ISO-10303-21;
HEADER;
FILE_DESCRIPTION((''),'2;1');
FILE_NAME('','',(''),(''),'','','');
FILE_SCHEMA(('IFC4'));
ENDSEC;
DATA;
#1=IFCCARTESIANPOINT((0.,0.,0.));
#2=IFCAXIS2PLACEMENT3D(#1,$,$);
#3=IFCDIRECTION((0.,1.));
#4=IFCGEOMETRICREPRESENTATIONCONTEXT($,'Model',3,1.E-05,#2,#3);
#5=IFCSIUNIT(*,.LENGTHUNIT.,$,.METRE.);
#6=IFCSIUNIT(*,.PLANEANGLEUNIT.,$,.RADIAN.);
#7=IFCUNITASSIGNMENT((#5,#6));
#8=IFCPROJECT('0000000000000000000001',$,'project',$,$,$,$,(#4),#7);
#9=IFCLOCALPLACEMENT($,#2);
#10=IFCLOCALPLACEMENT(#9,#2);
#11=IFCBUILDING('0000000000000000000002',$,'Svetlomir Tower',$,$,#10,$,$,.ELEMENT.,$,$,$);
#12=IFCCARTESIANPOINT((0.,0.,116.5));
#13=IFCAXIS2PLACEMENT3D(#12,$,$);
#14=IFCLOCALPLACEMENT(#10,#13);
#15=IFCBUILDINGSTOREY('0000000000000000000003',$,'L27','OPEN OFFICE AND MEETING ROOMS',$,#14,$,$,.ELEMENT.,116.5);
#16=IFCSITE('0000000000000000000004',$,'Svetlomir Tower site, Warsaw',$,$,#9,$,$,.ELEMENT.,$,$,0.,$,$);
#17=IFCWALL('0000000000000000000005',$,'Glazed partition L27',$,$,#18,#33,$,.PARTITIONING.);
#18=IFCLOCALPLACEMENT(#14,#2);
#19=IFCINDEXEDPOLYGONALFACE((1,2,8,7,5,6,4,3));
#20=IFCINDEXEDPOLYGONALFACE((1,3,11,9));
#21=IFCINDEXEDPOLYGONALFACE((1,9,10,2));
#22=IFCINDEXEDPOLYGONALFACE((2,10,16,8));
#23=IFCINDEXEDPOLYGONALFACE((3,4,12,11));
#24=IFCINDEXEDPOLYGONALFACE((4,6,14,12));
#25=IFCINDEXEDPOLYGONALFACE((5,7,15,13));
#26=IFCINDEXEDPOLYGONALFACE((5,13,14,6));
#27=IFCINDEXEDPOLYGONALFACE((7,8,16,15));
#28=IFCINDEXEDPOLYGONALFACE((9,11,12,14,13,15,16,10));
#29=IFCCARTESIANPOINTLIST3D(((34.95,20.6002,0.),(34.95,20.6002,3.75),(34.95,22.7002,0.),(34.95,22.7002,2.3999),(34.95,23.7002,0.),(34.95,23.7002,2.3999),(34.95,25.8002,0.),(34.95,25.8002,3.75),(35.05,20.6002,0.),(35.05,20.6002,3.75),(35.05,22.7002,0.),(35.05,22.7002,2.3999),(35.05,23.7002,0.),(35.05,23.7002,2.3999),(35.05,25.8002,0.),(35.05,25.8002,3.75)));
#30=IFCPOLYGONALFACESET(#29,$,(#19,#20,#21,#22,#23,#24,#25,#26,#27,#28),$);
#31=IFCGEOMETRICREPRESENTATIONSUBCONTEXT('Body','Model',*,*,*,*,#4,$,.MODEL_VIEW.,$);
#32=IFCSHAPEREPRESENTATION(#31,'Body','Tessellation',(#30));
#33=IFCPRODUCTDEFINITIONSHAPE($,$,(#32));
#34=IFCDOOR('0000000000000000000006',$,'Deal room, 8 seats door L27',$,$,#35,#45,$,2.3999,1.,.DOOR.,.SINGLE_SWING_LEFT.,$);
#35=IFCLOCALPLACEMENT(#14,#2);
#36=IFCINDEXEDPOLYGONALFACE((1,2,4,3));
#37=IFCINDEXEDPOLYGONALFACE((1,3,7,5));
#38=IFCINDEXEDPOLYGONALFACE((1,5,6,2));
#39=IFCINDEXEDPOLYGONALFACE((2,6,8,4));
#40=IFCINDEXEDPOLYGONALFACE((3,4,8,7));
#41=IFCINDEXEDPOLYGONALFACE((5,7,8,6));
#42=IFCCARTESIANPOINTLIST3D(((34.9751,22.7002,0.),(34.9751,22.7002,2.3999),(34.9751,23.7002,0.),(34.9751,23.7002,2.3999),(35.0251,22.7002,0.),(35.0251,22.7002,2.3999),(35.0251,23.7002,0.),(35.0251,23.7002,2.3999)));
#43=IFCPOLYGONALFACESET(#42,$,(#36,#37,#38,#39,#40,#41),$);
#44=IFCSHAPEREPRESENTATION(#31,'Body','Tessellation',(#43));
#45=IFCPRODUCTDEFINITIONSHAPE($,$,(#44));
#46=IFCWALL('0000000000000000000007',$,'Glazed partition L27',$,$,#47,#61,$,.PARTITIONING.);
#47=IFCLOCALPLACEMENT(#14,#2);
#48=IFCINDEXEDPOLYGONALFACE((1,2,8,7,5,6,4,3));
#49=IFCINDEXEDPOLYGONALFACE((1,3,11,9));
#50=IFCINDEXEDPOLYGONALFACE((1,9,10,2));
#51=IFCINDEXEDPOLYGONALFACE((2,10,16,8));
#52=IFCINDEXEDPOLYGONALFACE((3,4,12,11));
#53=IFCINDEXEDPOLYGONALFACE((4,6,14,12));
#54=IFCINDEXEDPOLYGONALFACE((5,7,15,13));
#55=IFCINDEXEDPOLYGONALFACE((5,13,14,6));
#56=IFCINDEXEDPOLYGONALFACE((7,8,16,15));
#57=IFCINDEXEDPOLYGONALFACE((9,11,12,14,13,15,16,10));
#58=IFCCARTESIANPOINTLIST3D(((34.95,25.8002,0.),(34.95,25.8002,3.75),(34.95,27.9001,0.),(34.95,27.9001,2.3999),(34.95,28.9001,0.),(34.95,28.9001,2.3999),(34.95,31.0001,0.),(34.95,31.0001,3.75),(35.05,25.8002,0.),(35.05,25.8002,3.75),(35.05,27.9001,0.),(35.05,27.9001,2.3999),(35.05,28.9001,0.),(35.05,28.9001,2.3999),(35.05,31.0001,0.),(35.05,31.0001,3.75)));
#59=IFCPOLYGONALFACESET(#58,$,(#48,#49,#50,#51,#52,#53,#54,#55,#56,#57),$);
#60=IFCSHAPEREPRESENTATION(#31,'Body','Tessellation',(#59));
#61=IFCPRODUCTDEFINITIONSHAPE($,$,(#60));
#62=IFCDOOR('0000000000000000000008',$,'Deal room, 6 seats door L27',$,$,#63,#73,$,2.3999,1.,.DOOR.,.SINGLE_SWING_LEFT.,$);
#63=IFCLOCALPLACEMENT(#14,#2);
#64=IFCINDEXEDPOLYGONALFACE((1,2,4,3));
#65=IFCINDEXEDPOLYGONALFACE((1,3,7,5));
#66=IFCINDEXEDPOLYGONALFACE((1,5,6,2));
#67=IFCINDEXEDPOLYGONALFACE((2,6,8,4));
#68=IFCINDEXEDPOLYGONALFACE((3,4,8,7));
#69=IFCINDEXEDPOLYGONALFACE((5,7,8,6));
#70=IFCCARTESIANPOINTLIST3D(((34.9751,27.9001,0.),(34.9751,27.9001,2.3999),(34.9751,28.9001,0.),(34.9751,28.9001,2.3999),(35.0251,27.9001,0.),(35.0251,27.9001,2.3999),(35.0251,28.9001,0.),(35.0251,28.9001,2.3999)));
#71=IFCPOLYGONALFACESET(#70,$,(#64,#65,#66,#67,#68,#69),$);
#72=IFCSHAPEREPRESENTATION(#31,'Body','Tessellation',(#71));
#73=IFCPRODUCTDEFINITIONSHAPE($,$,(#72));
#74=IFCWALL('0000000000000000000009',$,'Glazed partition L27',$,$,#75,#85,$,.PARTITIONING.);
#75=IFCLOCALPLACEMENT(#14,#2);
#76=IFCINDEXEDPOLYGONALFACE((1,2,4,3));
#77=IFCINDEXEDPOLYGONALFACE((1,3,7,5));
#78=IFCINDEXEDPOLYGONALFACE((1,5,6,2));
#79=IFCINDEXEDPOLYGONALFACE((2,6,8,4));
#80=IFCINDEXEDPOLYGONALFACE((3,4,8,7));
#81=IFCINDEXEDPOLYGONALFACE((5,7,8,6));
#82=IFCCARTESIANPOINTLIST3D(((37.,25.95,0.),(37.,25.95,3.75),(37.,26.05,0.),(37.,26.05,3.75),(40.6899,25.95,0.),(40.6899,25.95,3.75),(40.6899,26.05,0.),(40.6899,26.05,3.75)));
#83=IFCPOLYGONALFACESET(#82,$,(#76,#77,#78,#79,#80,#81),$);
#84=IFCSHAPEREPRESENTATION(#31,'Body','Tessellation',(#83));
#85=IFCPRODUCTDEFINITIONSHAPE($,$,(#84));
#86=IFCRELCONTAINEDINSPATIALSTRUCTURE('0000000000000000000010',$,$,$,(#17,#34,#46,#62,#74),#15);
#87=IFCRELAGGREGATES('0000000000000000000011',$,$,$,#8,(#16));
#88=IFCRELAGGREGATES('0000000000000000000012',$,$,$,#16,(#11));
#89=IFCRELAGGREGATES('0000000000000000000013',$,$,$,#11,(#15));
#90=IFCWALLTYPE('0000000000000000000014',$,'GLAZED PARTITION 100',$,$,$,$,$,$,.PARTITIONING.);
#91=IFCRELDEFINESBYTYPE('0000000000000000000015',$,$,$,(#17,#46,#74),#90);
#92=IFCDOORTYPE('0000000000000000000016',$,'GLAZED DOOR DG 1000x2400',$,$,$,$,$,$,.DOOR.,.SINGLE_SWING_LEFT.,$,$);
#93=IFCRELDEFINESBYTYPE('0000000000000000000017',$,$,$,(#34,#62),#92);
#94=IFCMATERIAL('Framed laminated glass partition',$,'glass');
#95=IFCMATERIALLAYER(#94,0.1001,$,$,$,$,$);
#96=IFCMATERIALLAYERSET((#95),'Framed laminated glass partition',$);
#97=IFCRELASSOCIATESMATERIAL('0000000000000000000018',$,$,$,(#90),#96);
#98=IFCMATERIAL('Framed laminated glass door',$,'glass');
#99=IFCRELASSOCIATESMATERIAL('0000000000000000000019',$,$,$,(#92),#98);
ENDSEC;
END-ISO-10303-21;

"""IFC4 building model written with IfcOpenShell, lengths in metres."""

from ifc_helpers import new_model, si_unit, direction, frame, frame_2d, origin, place, context, subcontext, project, spatial, rectangle, extrude, material, layer, layer_set, type_object, element, fill, save


model = new_model("IFC4")

# Units and contexts
model_context = context("Model", 3, precision=1e-05, world=origin(), true_north=direction((0.0, 1.0)))
body_context = subcontext(model_context, "Body", "Model", "MODEL_VIEW")
ifc_project = project(units=[si_unit("LENGTHUNIT", "METRE"), si_unit("PLANEANGLEUNIT", "RADIAN")], contexts=[model_context])

# Site, building, storey
site_placement = place(None, origin())
site = spatial("IfcSite", under=ifc_project, at=site_placement, Name="Svetlomir Tower site, Warsaw", CompositionType="ELEMENT", RefElevation=0.0)
building_placement = place(site_placement, origin())
building = spatial("IfcBuilding", under=site, at=building_placement, Name="Svetlomir Tower", CompositionType="ELEMENT")
storey_placement = place(building_placement, frame((0.0, 0.0, 116.5)))
storey = spatial("IfcBuildingStorey", under=building, at=storey_placement, Name="L27", Description="OPEN OFFICE AND MEETING ROOMS", CompositionType="ELEMENT", Elevation=116.5)

# Shared definitions
ifc_material_1 = material(Name="Framed laminated glass partition", Category="glass")
ifc_layer_1 = layer(ifc_material_1, 0.1001)
ifc_layer_set_1 = layer_set([ifc_layer_1], Name="Framed laminated glass partition")
wall_type_1 = type_object("IfcWallType", Name="GLAZED PARTITION 100", PredefinedType="PARTITIONING", material=ifc_layer_set_1)

# Walls, openings, doors
wall_1_placement = place(storey_placement, frame((35.0, 20.6001, 0.0), z_axis=(0.0, 0.0, 1.0), x_axis=(0.0, 1.0, 0.0)))
wall_1 = element("IfcWall", 1, at=wall_1_placement, inside=storey, type_object=wall_type_1, Name="Glazed partition L27", PredefinedType="PARTITIONING", context=body_context, shape_type="SweptSolid", body=[
    extrude(rectangle(XDim=5.2, YDim=0.1001, at=frame_2d((2.6001, 0.0))), origin(), (0.0, 0.0, 1.0), 3.75),
])
opening_1_placement = place(wall_1_placement, frame((2.1001, 0.0, 0.0)))
opening_1 = element("IfcOpeningElement", 2, at=opening_1_placement, cuts=wall_1, PredefinedType="OPENING", context=body_context, shape_type="SweptSolid", body=[
    extrude(rectangle(XDim=1.0, YDim=2.3999, at=frame_2d((0.5, 1.2))), frame((0.0, 0.0601, 0.0), z_axis=(0.0, -1.0, 0.0), x_axis=(1.0, 0.0, 0.0)), (0.0, 0.0, 1.0), 0.1201),
])
ifc_material_2 = material(Name="Framed laminated glass door", Category="glass")
door_type_1 = type_object("IfcDoorType", Name="GLAZED DOOR DG 1000x2400", OperationType="SINGLE_SWING_LEFT", PredefinedType="DOOR", material=ifc_material_2)
door_1_placement = place(opening_1_placement, origin())
door_1 = element("IfcDoor", 3, at=door_1_placement, inside=storey, type_object=door_type_1, Name="Deal room, 8 seats door L27", OperationType="SINGLE_SWING_LEFT", OverallHeight=2.3999, OverallWidth=1.0, PredefinedType="DOOR", context=body_context, shape_type="SweptSolid", body=[
    extrude(rectangle(XDim=1.0, YDim=2.3999, at=frame_2d((0.5, 1.2))), frame((0.0, 0.0249, 0.0), z_axis=(0.0, -1.0, 0.0), x_axis=(1.0, 0.0, 0.0)), (0.0, 0.0, 1.0), 0.05),
])
fill(opening_1, door_1)
wall_2_placement = place(storey_placement, frame((35.0, 25.8, 0.0), z_axis=(0.0, 0.0, 1.0), x_axis=(0.0, 1.0, 0.0)))
wall_2 = element("IfcWall", 4, at=wall_2_placement, inside=storey, type_object=wall_type_1, Name="Glazed partition L27", PredefinedType="PARTITIONING", context=body_context, shape_type="SweptSolid", body=[
    extrude(rectangle(XDim=5.2, YDim=0.1001, at=frame_2d((2.6001, 0.0))), origin(), (0.0, 0.0, 1.0), 3.75),
])
opening_2_placement = place(wall_2_placement, frame((2.1001, 0.0, 0.0)))
opening_2 = element("IfcOpeningElement", 5, at=opening_2_placement, cuts=wall_2, PredefinedType="OPENING", context=body_context, shape_type="SweptSolid", body=[
    extrude(rectangle(XDim=1.0, YDim=2.3999, at=frame_2d((0.5, 1.2))), frame((0.0, 0.0601, 0.0), z_axis=(0.0, -1.0, 0.0), x_axis=(1.0, 0.0, 0.0)), (0.0, 0.0, 1.0), 0.1201),
])
door_2_placement = place(opening_2_placement, origin())
door_2 = element("IfcDoor", 6, at=door_2_placement, inside=storey, type_object=door_type_1, Name="Deal room, 6 seats door L27", OperationType="SINGLE_SWING_LEFT", OverallHeight=2.3999, OverallWidth=1.0, PredefinedType="DOOR", context=body_context, shape_type="SweptSolid", body=[
    extrude(rectangle(XDim=1.0, YDim=2.3999, at=frame_2d((0.5, 1.2))), frame((0.0, 0.0249, 0.0), z_axis=(0.0, -1.0, 0.0), x_axis=(1.0, 0.0, 0.0)), (0.0, 0.0, 1.0), 0.05),
])
fill(opening_2, door_2)

# Wall
wall_3_placement = place(storey_placement, frame((37.0, 26.0, 0.0), z_axis=(0.0, 0.0, 1.0), x_axis=(1.0, 0.0, 0.0)))
element("IfcWall", 7, at=wall_3_placement, inside=storey, type_object=wall_type_1, Name="Glazed partition L27", PredefinedType="PARTITIONING", context=body_context, shape_type="SweptSolid", body=[
    extrude(rectangle(XDim=3.6899, YDim=0.1001, at=frame_2d((1.845, 0.0))), origin(), (0.0, 0.0, 1.0), 3.75),
])

save(model, "model.ifc")
